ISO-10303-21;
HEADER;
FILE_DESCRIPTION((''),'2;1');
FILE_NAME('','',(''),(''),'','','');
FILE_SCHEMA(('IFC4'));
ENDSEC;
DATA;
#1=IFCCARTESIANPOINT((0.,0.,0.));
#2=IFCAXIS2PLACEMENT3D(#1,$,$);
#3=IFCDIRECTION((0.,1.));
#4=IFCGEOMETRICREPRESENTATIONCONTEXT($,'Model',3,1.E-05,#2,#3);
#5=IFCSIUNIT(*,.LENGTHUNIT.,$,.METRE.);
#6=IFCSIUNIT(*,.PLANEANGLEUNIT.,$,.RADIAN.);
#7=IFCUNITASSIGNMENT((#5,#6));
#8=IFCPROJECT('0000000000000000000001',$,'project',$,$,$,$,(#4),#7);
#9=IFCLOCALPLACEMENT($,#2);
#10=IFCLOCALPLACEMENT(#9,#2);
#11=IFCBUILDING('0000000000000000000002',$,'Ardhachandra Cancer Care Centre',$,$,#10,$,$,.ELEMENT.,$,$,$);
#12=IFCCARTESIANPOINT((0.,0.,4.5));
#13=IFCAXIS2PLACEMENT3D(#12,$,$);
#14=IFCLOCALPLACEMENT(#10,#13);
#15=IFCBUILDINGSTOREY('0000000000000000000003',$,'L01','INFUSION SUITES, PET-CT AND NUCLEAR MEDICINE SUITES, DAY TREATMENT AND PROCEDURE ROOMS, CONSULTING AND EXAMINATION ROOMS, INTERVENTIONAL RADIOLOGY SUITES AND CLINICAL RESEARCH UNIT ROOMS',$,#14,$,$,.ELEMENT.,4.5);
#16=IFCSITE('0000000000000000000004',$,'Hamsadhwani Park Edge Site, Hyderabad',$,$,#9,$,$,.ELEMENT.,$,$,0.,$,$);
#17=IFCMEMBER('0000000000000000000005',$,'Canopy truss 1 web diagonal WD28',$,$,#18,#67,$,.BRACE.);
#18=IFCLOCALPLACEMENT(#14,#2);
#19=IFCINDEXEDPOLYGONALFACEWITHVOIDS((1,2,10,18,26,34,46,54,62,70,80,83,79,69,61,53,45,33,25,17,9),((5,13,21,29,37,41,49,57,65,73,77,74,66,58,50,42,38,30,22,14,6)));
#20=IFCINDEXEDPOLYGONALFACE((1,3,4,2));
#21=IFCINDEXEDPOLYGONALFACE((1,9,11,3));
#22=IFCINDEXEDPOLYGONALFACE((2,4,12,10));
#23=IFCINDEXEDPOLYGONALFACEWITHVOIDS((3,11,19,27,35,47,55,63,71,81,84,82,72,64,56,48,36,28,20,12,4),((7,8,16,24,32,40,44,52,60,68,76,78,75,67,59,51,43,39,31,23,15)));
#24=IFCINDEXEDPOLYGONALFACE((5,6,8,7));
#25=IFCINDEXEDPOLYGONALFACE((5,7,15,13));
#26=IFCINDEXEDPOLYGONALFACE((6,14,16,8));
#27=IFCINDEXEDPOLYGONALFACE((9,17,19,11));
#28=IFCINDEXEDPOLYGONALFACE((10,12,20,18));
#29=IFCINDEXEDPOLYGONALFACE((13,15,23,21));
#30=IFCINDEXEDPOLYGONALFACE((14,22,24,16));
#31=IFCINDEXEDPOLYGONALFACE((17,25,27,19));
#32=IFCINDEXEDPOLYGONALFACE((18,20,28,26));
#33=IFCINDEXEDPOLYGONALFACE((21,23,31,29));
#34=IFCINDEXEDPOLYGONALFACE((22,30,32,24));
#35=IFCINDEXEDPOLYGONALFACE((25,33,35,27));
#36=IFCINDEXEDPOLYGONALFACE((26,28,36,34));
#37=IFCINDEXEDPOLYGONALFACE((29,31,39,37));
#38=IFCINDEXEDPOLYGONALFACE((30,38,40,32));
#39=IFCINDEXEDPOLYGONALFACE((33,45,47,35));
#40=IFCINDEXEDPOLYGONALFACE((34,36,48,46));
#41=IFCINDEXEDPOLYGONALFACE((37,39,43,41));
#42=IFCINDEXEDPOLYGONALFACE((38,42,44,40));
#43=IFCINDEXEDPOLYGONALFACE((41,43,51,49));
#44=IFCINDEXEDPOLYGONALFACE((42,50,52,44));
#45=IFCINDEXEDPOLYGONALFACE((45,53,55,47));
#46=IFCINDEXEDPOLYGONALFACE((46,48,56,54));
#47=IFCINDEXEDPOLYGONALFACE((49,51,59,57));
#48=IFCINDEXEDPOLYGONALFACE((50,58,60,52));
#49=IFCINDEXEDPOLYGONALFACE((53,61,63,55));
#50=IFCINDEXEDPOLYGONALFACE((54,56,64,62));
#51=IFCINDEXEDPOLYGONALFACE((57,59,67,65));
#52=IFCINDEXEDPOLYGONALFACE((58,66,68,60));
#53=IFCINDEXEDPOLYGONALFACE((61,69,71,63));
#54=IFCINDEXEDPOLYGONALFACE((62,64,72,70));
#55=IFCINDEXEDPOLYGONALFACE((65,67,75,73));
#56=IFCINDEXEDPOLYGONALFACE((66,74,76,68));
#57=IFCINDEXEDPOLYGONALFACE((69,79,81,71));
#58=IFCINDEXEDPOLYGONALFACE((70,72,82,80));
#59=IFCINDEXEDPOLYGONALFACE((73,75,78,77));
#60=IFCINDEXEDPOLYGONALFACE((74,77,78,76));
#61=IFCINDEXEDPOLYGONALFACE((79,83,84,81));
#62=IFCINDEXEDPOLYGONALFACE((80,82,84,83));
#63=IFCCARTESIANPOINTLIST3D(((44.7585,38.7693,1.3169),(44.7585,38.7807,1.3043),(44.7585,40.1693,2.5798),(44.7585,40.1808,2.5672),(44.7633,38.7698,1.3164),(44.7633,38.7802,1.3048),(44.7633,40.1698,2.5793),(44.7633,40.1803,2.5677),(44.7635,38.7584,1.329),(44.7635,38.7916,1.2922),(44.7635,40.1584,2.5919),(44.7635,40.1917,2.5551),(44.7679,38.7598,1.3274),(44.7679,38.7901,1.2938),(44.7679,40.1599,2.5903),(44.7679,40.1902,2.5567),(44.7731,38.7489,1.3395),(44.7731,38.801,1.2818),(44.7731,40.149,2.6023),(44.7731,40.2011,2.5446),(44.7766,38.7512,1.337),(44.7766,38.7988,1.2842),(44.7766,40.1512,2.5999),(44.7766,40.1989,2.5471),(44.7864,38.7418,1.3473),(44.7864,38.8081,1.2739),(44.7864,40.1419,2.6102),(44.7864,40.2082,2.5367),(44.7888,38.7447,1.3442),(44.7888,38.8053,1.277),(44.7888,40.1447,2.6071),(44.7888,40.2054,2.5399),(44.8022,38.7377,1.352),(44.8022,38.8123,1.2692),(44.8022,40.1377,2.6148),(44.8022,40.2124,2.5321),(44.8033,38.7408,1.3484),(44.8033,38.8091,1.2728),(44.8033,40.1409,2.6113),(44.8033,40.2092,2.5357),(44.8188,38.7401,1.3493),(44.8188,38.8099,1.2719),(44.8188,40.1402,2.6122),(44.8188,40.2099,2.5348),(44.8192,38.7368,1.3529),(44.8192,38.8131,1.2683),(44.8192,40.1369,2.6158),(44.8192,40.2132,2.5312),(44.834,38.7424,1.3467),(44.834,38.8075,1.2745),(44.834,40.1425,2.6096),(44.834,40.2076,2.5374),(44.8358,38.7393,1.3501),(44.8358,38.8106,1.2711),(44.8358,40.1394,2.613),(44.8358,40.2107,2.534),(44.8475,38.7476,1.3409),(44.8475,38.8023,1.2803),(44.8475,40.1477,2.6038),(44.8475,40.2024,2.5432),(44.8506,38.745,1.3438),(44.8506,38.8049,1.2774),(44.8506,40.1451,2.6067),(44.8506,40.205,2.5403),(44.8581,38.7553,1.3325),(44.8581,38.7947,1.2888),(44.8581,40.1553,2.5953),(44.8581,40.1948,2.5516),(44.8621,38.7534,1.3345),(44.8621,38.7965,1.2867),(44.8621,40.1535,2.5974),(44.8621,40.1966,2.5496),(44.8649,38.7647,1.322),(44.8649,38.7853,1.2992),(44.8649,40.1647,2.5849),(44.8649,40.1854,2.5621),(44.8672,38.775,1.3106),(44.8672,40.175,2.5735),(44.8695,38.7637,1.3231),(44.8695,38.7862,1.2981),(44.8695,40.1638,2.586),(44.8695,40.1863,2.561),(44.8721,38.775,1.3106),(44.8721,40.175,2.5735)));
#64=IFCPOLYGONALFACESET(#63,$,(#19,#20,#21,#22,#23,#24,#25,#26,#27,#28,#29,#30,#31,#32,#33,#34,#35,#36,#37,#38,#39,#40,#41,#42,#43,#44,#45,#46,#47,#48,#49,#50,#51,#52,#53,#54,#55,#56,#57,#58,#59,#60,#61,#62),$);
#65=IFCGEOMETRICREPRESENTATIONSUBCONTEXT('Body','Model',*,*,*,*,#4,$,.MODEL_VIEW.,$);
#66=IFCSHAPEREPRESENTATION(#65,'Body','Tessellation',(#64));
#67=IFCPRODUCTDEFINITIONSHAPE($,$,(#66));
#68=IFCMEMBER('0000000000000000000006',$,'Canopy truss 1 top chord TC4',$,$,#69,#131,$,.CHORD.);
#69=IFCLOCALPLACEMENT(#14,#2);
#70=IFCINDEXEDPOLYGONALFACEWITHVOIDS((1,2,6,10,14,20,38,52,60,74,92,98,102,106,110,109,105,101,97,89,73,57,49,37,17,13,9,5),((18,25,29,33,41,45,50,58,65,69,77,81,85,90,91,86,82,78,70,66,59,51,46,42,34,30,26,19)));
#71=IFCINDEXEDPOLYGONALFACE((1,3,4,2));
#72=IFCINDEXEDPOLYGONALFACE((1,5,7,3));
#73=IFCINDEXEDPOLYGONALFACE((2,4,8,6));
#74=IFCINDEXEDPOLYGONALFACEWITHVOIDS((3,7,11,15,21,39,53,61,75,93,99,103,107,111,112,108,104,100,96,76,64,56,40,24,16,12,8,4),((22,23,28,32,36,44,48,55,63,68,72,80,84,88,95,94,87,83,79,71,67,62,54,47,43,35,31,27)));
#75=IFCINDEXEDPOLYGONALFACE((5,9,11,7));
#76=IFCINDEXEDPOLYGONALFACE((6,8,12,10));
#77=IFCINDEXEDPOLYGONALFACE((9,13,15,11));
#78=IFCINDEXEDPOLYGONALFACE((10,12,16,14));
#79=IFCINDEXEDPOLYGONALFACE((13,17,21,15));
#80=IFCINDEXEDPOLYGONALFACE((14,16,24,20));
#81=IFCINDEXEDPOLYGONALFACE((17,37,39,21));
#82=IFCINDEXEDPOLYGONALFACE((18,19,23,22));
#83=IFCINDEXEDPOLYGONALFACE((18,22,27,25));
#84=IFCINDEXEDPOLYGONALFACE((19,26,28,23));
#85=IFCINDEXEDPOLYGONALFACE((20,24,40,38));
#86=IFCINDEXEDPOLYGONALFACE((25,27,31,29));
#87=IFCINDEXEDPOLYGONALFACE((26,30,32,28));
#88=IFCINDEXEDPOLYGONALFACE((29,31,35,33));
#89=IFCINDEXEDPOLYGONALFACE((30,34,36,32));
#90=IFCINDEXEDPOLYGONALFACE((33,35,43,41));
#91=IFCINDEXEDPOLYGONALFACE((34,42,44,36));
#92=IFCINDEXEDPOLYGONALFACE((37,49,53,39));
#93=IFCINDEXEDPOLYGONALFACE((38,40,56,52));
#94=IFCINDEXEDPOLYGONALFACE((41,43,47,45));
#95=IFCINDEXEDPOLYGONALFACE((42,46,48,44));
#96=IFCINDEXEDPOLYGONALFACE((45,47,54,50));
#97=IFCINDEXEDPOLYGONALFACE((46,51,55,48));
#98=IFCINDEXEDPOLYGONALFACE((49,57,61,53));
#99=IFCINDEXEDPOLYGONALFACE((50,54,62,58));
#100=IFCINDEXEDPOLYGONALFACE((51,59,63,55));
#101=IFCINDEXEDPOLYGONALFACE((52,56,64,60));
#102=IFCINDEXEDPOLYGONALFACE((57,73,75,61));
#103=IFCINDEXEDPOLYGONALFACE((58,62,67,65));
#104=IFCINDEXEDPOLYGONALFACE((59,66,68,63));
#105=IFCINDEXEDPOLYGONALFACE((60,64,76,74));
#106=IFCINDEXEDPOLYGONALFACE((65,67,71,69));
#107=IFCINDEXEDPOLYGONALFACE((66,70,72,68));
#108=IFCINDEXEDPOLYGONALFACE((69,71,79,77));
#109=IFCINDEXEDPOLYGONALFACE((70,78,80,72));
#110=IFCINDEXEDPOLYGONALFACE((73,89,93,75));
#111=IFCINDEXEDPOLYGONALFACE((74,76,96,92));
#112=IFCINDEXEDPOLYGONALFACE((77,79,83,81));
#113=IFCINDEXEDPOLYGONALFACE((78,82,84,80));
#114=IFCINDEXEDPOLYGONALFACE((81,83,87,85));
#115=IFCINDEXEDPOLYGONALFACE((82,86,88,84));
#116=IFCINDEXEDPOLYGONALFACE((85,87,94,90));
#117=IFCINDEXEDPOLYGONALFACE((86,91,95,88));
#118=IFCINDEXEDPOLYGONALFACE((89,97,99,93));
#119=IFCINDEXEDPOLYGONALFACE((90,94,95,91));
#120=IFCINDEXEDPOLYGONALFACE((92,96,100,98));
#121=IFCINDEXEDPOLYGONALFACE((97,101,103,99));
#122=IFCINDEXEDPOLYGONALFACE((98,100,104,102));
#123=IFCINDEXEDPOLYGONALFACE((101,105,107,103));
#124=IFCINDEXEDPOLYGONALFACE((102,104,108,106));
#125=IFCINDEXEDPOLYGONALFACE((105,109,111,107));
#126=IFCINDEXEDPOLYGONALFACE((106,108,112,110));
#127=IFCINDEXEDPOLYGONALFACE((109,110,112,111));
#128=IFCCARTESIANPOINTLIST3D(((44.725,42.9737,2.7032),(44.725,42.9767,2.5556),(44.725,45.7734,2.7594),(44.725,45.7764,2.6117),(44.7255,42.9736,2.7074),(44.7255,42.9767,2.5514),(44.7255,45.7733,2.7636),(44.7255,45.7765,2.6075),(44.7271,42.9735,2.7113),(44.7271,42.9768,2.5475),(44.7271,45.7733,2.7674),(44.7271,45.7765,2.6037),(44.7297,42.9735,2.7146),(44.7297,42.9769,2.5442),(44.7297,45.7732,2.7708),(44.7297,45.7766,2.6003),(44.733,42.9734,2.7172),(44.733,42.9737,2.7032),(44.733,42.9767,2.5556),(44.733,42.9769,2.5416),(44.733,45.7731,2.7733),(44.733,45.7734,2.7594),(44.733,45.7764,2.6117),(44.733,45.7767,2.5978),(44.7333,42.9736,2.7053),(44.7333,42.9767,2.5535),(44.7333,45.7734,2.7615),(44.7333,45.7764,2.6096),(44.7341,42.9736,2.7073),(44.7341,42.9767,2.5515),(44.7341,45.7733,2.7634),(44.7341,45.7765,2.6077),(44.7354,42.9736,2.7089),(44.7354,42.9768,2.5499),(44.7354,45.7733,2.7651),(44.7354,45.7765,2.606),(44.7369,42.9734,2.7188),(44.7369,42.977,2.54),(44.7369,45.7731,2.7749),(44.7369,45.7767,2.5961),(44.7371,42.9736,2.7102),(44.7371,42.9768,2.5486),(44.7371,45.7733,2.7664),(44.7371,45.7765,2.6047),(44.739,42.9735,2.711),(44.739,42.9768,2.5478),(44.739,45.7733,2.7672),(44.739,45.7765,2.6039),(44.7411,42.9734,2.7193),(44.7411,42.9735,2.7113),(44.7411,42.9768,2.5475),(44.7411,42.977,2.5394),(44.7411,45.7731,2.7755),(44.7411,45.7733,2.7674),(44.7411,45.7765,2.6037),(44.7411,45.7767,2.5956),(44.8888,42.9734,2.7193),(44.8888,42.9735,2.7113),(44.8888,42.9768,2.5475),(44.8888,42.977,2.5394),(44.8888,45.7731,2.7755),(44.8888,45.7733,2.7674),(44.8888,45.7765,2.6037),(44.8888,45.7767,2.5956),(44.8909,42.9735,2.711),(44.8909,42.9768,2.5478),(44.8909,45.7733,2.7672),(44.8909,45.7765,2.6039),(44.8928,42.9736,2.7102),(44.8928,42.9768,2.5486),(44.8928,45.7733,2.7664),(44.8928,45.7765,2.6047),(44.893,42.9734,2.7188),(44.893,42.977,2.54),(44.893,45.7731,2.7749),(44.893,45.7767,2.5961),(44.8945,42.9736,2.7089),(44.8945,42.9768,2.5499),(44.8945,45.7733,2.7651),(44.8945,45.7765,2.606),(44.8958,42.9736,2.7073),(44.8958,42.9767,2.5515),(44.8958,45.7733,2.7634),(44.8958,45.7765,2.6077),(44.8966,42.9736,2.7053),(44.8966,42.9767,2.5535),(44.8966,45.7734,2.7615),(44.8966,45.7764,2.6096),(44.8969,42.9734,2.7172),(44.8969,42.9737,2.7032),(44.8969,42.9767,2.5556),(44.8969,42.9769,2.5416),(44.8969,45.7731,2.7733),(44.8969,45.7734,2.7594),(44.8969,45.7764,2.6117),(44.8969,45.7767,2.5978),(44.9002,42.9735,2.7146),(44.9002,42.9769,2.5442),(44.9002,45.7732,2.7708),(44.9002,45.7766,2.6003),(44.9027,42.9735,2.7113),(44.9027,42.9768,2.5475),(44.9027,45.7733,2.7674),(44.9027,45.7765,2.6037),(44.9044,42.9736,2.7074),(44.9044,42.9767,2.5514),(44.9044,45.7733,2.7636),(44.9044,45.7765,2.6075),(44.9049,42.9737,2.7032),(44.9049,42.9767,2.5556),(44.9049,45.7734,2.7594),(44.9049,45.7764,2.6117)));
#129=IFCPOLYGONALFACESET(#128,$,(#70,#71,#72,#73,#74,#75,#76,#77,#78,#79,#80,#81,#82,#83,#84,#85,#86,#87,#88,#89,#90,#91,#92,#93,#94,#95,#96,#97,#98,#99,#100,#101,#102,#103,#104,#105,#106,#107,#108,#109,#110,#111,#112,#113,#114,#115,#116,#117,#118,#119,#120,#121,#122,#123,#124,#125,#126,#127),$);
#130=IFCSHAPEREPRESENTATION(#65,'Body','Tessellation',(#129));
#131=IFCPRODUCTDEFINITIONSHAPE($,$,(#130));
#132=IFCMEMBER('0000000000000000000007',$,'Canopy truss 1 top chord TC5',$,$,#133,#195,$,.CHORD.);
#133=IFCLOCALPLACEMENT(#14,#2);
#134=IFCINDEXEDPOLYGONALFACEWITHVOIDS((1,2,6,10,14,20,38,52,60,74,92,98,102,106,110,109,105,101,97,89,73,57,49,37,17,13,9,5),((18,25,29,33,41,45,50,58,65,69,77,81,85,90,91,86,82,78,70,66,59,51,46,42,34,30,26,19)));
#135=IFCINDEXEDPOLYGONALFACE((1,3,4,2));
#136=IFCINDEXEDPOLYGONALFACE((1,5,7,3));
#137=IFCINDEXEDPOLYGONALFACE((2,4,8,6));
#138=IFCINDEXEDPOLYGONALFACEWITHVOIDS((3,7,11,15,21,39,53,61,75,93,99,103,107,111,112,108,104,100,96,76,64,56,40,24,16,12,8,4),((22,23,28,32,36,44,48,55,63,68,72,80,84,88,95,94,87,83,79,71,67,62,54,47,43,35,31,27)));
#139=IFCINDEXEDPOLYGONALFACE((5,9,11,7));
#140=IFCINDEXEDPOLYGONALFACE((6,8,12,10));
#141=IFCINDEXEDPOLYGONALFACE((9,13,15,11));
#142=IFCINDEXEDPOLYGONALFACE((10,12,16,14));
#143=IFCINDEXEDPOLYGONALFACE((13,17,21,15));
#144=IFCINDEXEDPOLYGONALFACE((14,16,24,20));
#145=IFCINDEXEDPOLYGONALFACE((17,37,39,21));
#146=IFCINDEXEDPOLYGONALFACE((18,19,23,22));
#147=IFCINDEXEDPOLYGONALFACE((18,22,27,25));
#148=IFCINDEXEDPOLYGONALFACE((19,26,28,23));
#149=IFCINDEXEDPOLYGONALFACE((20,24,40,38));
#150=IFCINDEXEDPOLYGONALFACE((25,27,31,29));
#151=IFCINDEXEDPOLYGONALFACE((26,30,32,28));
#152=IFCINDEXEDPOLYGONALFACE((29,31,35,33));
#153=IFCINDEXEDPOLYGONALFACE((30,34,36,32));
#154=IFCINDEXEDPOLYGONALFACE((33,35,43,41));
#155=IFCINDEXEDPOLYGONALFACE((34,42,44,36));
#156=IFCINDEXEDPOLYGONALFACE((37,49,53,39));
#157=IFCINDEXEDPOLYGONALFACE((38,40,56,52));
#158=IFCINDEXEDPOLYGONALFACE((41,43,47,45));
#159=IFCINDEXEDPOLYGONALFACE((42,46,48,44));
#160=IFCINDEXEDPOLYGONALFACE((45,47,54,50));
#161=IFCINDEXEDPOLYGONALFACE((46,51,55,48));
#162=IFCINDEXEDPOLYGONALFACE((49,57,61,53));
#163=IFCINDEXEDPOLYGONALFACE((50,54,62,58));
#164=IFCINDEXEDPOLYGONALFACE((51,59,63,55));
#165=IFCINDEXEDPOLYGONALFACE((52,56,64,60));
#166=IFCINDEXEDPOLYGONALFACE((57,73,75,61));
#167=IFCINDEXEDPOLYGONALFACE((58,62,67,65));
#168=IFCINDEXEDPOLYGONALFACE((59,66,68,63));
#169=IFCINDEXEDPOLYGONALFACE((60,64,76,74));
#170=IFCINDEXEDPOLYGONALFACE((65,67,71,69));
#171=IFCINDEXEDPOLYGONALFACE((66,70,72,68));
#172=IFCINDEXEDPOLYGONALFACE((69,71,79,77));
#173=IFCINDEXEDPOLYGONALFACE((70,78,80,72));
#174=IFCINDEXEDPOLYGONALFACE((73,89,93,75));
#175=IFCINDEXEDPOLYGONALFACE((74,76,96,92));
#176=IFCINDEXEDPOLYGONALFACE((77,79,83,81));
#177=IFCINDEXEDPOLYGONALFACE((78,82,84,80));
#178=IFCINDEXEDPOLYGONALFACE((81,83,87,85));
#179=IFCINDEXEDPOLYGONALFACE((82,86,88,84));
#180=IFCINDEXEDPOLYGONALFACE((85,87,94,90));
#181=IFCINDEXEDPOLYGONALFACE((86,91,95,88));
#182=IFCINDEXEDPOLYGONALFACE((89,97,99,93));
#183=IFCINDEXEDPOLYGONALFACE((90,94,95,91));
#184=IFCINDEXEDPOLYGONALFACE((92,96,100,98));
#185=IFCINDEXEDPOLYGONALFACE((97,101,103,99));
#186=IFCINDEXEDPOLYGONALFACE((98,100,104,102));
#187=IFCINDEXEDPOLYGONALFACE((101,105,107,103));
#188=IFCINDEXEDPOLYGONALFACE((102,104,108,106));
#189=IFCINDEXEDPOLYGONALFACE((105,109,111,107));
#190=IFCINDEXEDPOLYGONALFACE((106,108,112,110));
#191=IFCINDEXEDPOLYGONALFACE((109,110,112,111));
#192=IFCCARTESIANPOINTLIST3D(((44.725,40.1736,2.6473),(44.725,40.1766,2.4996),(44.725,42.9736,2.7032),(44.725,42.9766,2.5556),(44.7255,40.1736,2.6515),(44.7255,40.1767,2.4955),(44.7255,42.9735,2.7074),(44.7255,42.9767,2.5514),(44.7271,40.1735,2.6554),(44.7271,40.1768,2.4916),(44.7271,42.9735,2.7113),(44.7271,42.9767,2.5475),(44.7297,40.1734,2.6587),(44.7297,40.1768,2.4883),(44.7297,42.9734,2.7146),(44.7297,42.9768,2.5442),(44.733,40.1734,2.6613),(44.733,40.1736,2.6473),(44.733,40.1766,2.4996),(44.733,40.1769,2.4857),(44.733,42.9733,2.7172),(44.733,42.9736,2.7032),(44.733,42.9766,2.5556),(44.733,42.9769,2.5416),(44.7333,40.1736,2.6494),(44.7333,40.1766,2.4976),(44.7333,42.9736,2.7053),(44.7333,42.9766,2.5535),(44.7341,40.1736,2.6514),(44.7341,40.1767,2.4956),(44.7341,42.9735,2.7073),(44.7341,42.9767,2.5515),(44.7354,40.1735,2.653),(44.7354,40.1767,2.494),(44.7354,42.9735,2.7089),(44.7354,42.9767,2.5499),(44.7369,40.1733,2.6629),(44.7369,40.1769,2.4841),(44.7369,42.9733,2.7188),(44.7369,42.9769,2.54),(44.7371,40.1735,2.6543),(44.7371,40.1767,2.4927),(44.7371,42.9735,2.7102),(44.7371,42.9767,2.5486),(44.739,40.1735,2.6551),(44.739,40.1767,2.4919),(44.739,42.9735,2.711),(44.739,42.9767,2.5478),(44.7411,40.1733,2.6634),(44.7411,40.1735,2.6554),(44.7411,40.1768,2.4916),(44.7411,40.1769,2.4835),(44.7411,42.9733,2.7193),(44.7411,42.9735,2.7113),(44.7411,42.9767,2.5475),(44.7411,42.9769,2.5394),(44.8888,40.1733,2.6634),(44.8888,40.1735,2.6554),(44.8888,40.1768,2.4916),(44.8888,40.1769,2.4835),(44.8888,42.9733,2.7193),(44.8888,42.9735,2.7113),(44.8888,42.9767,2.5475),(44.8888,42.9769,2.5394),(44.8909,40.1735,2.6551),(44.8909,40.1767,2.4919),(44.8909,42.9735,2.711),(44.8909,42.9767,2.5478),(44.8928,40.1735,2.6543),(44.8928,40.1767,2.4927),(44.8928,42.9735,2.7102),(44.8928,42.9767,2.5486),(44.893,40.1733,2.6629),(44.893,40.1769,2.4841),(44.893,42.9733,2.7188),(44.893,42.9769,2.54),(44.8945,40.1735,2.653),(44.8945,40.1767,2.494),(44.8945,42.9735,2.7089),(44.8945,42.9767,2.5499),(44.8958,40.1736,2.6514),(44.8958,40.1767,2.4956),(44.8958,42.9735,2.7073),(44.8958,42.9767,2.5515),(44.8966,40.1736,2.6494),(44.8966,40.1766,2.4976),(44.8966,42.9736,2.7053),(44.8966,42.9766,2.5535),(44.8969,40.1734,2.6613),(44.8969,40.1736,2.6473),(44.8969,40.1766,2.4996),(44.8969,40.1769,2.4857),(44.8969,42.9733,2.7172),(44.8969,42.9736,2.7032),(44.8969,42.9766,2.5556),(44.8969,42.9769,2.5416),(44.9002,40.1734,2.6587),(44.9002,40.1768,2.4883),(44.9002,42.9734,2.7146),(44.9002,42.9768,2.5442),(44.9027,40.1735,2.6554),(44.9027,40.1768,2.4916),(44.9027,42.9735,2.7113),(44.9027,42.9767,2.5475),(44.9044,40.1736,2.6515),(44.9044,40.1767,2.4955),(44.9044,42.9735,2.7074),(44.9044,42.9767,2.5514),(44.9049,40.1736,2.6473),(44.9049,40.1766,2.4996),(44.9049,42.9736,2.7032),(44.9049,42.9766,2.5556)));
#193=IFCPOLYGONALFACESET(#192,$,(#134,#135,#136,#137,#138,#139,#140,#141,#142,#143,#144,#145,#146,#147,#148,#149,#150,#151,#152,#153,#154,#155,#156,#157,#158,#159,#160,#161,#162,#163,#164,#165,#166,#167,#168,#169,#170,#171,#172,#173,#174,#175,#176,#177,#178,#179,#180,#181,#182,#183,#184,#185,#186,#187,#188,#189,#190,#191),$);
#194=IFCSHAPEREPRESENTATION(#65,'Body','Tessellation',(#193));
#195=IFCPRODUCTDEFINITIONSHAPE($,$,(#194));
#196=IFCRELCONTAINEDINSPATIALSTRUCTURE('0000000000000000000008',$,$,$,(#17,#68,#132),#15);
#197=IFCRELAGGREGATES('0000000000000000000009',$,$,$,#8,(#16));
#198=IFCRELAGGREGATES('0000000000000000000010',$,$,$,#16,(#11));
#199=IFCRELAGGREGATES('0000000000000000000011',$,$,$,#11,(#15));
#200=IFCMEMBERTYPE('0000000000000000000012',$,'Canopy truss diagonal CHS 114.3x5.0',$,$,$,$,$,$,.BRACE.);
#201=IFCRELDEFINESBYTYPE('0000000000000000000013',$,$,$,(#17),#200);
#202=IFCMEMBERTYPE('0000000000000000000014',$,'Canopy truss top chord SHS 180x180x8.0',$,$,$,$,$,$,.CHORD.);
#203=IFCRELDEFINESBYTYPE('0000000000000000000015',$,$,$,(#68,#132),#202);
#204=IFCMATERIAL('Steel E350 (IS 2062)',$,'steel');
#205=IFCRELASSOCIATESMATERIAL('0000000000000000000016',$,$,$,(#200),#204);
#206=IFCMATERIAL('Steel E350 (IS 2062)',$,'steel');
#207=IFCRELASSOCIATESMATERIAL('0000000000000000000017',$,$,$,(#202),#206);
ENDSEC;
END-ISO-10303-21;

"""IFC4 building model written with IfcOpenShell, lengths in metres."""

from ifc_helpers import new_model, si_unit, direction, frame, origin, origin_2d, place, context, subcontext, project, spatial, hollow_rectangle, hollow_circle, extrude, material, material_profile, profile_set, type_object, element, save


model = new_model("IFC4")

# Units and contexts
model_context = context("Model", 3, precision=1e-05, world=origin(), true_north=direction((0.0, 1.0)))
body_context = subcontext(model_context, "Body", "Model", "MODEL_VIEW")
ifc_project = project(units=[si_unit("LENGTHUNIT", "METRE"), si_unit("PLANEANGLEUNIT", "RADIAN")], contexts=[model_context])

# Site, building, storey
site_placement = place(None, origin())
site = spatial("IfcSite", under=ifc_project, at=site_placement, Name="Hamsadhwani Park Edge Site, Hyderabad", CompositionType="ELEMENT", RefElevation=0.0)
building_placement = place(site_placement, origin())
building = spatial("IfcBuilding", under=site, at=building_placement, Name="Ardhachandra Cancer Care Centre", CompositionType="ELEMENT")
storey_placement = place(building_placement, frame((0.0, 0.0, 4.5)))
storey = spatial("IfcBuildingStorey", under=building, at=storey_placement, Name="L01", Description="INFUSION SUITES, PET-CT AND NUCLEAR MEDICINE SUITES, DAY TREATMENT AND PROCEDURE ROOMS, CONSULTING AND EXAMINATION ROOMS, INTERVENTIONAL RADIOLOGY SUITES AND CLINICAL RESEARCH UNIT ROOMS", CompositionType="ELEMENT", Elevation=4.5)

# Members
ifc_material_1 = material(Name="Steel E350 (IS 2062)", Category="steel")
ifc_material_profile_1 = material_profile(ifc_material_1, hollow_circle(Radius=0.0571, WallThickness=0.0049, at=origin_2d()), Name="CHS 114.3x5.0")
ifc_profile_set_1 = profile_set([ifc_material_profile_1], Name="Steel E350 (IS 2062)")
member_type_1 = type_object("IfcMemberType", Name="Canopy truss diagonal CHS 114.3x5.0", PredefinedType="BRACE", material=ifc_profile_set_1)
member_1_placement = place(storey_placement, frame((44.8149, 40.175, 2.5735), z_axis=(0.0, -0.742553, -0.669787), x_axis=(1.0, 0.0, 0.0)))
element("IfcMember", 1, at=member_1_placement, inside=storey, type_object=member_type_1, Name="Canopy truss 1 web diagonal WD28", PredefinedType="BRACE", context=body_context, shape_type="SweptSolid", body=[
    extrude(hollow_circle(Radius=0.0571, WallThickness=0.0049, at=origin_2d()), origin(), (0.0, 0.0, 1.0), 1.8855),
])
ifc_material_2 = material(Name="Steel E350 (IS 2062)", Category="steel")
ifc_material_profile_2 = material_profile(ifc_material_2, hollow_rectangle(XDim=0.1799, YDim=0.1799, WallThickness=0.0081, InnerFilletRadius=0.0081, OuterFilletRadius=0.0161, at=origin_2d()), Name="SHS 180x180x8.0")
ifc_profile_set_2 = profile_set([ifc_material_profile_2], Name="Steel E350 (IS 2062)")
member_type_2 = type_object("IfcMemberType", Name="Canopy truss top chord SHS 180x180x8.0", PredefinedType="CHORD", material=ifc_profile_set_2)
member_2_placement = place(storey_placement, frame((44.8149, 45.7749, 2.6855), z_axis=(0.0, -0.999799, -0.020052), x_axis=(1.0, 0.0, 0.0)))
element("IfcMember", 2, at=member_2_placement, inside=storey, type_object=member_type_2, Name="Canopy truss 1 top chord TC4", PredefinedType="CHORD", context=body_context, shape_type="SweptSolid", body=[
    extrude(hollow_rectangle(XDim=0.1799, YDim=0.1799, WallThickness=0.0081, InnerFilletRadius=0.0081, OuterFilletRadius=0.0161, at=origin_2d()), origin(), (0.0, 0.0, 1.0), 2.8003),
])
for number, where, z_axis, x_axis, name in (
    (3, (44.8149, 42.9751, 2.6294), (0.0, -0.999801, -0.019963), (1.0, 0.0, 0.0), "Canopy truss 1 top chord TC5"),
):
    element("IfcMember", number, at=place(storey_placement, frame(where, z_axis=z_axis, x_axis=x_axis)), inside=storey, type_object=member_type_2, Name=name, PredefinedType="CHORD", context=body_context, shape_type="SweptSolid", body=[
        extrude(hollow_rectangle(XDim=0.1799, YDim=0.1799, WallThickness=0.0081, InnerFilletRadius=0.0081, OuterFilletRadius=0.0161, at=origin_2d()), origin(), (0.0, 0.0, 1.0), 2.8005),
    ])

save(model, "model.ifc")
